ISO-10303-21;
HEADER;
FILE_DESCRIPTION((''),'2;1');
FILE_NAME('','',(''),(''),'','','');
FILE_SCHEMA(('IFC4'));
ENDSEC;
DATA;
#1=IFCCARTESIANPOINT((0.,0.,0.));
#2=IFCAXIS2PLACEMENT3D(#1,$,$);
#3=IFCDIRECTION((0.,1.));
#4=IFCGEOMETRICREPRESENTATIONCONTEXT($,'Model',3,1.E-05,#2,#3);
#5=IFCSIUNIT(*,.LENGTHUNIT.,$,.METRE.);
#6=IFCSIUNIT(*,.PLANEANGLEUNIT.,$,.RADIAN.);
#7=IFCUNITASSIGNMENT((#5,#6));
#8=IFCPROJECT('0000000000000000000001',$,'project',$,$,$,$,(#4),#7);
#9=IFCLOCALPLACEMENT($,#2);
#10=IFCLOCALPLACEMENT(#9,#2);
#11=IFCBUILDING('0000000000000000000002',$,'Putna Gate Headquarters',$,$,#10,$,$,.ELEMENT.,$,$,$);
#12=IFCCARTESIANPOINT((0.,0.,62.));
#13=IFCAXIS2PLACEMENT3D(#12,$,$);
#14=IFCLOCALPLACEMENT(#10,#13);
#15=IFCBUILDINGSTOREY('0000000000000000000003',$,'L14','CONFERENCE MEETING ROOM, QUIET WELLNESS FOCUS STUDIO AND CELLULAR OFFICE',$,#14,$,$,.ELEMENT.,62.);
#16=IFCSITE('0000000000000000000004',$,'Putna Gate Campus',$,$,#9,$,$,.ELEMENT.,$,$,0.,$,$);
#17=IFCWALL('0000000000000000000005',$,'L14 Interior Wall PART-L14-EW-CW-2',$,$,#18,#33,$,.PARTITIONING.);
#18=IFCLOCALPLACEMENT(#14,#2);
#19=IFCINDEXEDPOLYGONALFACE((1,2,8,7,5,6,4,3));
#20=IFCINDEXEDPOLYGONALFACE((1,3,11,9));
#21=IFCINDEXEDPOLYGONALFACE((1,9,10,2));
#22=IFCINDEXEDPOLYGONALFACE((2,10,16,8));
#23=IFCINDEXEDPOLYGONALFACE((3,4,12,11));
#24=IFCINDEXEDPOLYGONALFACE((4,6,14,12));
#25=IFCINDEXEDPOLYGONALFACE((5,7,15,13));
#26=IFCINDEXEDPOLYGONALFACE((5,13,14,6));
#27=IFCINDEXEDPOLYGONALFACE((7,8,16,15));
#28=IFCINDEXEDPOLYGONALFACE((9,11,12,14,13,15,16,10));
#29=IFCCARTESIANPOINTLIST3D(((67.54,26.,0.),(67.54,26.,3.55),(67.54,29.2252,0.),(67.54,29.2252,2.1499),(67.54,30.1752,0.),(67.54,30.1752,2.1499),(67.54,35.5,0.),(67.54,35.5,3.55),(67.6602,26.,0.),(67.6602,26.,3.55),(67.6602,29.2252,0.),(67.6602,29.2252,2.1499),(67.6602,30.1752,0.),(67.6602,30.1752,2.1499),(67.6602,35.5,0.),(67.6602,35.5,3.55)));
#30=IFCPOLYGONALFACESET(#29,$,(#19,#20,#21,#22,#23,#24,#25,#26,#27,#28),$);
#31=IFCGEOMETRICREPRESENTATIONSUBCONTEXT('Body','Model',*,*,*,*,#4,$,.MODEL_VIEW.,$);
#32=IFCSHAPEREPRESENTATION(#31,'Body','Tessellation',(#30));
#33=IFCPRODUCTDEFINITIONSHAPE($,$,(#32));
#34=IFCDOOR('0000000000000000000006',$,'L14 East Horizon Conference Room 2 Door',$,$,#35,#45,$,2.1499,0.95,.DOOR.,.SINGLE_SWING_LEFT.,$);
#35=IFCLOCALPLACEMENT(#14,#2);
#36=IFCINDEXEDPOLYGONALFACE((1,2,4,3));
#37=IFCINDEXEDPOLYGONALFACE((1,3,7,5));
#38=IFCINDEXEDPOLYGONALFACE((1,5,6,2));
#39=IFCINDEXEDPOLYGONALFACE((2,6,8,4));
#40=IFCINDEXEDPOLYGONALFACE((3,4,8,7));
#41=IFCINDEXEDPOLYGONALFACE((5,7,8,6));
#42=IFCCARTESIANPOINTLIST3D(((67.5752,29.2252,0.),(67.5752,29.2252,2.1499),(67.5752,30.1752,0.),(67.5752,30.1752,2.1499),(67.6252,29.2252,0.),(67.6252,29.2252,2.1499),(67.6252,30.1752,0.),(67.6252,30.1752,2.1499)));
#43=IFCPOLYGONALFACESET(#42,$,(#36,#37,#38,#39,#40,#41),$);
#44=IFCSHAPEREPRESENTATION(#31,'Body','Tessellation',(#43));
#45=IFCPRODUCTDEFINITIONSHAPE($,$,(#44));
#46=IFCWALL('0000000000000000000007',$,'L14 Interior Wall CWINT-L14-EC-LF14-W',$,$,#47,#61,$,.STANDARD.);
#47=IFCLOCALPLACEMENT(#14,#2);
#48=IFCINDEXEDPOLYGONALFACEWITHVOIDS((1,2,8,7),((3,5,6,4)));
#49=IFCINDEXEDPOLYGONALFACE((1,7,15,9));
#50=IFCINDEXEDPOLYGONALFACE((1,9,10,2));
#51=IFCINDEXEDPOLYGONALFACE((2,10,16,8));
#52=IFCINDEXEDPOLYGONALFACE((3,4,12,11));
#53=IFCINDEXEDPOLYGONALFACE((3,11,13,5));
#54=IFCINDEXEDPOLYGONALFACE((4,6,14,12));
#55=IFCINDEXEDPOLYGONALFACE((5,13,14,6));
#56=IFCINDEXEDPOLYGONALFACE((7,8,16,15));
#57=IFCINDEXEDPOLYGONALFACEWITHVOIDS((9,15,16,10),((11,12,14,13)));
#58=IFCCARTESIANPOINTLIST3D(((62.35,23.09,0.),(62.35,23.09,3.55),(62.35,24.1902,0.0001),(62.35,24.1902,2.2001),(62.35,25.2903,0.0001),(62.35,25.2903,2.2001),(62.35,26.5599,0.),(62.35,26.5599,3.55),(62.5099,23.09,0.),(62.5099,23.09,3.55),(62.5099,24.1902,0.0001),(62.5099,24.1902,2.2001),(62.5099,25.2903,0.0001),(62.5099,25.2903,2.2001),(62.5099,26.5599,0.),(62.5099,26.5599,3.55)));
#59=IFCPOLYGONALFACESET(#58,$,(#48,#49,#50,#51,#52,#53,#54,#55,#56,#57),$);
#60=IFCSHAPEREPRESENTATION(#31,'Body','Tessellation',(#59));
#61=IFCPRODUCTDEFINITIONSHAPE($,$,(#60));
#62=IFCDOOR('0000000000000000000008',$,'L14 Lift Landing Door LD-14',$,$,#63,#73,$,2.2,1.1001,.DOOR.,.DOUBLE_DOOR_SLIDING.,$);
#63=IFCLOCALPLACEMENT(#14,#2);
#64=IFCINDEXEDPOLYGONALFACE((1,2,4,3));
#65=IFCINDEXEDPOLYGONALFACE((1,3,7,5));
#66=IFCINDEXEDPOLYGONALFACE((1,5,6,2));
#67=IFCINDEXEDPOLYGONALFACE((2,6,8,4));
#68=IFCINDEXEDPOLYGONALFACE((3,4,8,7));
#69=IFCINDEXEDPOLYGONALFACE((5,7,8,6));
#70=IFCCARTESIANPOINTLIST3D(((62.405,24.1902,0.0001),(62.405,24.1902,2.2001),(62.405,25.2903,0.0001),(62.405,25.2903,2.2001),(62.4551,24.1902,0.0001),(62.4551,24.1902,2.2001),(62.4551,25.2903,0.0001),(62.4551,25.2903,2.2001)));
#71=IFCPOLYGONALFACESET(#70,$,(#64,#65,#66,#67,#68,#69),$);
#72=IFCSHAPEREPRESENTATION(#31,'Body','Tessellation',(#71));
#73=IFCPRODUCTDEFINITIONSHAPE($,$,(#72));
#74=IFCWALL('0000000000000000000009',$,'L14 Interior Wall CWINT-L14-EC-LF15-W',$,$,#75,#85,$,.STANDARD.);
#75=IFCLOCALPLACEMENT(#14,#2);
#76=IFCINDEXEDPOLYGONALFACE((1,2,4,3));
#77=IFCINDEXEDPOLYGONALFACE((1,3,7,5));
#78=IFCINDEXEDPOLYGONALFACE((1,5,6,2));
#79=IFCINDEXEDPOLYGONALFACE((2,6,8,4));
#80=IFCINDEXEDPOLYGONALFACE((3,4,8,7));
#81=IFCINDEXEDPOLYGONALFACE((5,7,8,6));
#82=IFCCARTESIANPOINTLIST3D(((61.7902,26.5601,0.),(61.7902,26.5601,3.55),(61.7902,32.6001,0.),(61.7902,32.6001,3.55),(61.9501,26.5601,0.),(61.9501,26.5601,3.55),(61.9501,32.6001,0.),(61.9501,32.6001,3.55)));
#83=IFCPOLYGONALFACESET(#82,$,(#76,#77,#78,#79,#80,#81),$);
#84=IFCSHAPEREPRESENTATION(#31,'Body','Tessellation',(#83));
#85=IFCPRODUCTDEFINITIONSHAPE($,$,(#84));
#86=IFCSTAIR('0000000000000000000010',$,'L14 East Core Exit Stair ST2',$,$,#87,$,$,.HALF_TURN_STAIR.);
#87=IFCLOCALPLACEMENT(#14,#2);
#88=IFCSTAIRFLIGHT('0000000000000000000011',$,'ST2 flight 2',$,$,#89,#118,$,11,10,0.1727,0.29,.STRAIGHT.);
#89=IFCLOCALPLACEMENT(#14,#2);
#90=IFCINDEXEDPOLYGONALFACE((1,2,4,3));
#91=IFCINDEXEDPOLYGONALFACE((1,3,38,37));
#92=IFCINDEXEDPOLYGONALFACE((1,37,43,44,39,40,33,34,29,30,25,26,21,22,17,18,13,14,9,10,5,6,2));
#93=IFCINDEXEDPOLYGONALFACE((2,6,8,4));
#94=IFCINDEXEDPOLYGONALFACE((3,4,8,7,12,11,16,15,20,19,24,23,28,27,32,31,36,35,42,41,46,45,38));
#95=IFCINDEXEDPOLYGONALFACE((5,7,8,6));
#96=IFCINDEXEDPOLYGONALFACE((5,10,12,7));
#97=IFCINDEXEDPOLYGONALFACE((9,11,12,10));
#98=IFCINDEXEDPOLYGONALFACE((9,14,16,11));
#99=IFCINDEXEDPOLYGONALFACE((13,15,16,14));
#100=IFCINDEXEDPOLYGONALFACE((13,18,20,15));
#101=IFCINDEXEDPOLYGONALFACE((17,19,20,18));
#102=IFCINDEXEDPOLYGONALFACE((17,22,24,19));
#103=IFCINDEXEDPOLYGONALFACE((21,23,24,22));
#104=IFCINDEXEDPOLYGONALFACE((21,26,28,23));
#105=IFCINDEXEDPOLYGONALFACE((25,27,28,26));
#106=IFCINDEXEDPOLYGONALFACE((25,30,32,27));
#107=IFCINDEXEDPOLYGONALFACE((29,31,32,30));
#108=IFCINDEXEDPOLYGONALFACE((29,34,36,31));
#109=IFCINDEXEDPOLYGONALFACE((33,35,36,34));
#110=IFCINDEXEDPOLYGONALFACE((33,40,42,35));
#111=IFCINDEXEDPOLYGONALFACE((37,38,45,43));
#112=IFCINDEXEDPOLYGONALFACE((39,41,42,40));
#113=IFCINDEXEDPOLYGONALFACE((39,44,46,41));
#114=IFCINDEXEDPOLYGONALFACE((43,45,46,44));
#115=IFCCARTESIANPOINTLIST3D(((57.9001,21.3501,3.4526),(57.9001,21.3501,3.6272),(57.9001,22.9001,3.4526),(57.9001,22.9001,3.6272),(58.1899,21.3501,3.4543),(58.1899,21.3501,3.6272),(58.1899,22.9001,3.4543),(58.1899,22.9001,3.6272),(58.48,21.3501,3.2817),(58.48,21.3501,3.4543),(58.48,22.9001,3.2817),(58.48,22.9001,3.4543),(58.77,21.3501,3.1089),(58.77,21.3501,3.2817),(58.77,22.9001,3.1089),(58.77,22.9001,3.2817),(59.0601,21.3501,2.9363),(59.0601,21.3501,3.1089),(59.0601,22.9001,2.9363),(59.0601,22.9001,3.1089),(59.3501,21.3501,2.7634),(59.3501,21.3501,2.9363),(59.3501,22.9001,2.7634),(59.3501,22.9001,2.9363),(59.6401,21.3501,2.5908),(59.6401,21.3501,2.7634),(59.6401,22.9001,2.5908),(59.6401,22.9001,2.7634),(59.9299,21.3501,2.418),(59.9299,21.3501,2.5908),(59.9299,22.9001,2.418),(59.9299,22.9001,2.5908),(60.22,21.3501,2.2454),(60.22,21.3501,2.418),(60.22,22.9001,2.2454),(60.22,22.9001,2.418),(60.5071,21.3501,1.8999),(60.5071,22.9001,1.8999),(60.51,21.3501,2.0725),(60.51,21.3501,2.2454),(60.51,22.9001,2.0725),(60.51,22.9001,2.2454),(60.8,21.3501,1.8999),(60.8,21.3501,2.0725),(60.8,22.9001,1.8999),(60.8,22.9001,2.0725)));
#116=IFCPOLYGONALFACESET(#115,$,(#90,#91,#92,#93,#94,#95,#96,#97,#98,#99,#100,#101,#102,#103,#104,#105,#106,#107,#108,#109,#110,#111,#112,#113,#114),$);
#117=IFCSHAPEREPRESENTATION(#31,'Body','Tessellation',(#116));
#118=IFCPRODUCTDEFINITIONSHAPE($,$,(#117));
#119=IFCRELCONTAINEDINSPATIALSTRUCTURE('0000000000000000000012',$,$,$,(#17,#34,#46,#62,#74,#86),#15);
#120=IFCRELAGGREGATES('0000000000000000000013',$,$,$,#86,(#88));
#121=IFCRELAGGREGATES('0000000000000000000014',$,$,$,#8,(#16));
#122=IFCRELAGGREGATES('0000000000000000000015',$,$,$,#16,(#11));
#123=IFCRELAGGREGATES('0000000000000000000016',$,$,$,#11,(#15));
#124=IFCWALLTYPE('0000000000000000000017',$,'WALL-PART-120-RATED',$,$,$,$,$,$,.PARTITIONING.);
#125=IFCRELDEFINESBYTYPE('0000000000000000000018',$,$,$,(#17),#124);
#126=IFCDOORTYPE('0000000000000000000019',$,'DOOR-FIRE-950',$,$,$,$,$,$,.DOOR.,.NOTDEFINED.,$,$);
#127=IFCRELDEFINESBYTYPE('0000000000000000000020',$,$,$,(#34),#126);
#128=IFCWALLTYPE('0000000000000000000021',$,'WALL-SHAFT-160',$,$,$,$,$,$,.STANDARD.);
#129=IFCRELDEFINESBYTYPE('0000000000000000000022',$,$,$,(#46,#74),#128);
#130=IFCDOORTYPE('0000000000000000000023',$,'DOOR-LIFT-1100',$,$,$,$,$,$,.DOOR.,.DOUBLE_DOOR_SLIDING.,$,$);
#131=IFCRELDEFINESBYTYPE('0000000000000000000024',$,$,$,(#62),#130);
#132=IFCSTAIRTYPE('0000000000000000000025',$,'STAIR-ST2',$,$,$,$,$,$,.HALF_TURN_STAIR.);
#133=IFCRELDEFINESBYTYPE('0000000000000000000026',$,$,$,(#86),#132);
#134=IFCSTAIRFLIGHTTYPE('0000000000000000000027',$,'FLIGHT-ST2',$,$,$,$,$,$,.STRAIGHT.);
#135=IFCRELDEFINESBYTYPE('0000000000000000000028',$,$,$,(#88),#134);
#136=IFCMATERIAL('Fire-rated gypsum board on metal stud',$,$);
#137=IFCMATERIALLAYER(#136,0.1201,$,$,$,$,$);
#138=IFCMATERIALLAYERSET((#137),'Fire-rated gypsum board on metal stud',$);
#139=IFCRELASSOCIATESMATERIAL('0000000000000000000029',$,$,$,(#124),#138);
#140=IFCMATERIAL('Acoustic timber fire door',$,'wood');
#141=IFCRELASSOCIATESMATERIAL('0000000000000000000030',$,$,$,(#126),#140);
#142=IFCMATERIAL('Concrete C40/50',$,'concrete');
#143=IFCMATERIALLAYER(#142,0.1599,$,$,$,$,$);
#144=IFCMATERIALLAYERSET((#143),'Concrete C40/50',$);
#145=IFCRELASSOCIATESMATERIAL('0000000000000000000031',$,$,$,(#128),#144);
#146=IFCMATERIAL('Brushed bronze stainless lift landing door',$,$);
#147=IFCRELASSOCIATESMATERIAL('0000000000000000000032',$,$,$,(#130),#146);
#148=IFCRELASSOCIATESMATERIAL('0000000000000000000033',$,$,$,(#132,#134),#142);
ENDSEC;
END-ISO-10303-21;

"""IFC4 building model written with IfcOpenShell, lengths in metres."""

from ifc_helpers import new_model, si_unit, direction, frame, frame_2d, origin, place, context, subcontext, project, spatial, polyline, rectangle, outline, extrude, material, layer, layer_set, type_object, element, fill, aggregate, save


model = new_model("IFC4")

# Units and contexts
model_context = context("Model", 3, precision=1e-05, world=origin(), true_north=direction((0.0, 1.0)))
body_context = subcontext(model_context, "Body", "Model", "MODEL_VIEW")
ifc_project = project(units=[si_unit("LENGTHUNIT", "METRE"), si_unit("PLANEANGLEUNIT", "RADIAN")], contexts=[model_context])

# Site, building, storey
site_placement = place(None, origin())
site = spatial("IfcSite", under=ifc_project, at=site_placement, Name="Putna Gate Campus", CompositionType="ELEMENT", RefElevation=0.0)
building_placement = place(site_placement, origin())
building = spatial("IfcBuilding", under=site, at=building_placement, Name="Putna Gate Headquarters", CompositionType="ELEMENT")
storey_placement = place(building_placement, frame((0.0, 0.0, 62.0)))
storey = spatial("IfcBuildingStorey", under=building, at=storey_placement, Name="L14", Description="CONFERENCE MEETING ROOM, QUIET WELLNESS FOCUS STUDIO AND CELLULAR OFFICE", CompositionType="ELEMENT", Elevation=62.0)

# Shared definitions
ifc_material_1 = material(Name="Fire-rated gypsum board on metal stud")
ifc_layer_1 = layer(ifc_material_1, 0.1201)
ifc_layer_set_1 = layer_set([ifc_layer_1], Name="Fire-rated gypsum board on metal stud")
wall_type_1 = type_object("IfcWallType", Name="WALL-PART-120-RATED", PredefinedType="PARTITIONING", material=ifc_layer_set_1)

# Walls, openings, doors
wall_1_placement = place(storey_placement, frame((67.6001, 26.0, 0.0), z_axis=(0.0, 0.0, 1.0), x_axis=(0.0, 1.0, 0.0)))
wall_1 = element("IfcWall", 1, at=wall_1_placement, inside=storey, type_object=wall_type_1, Name="L14 Interior Wall PART-L14-EW-CW-2", PredefinedType="PARTITIONING", context=body_context, shape_type="SweptSolid", body=[
    extrude(rectangle(XDim=9.5, YDim=0.1201, at=frame_2d((4.75, 0.0))), origin(), (0.0, 0.0, 1.0), 3.55),
])
opening_1_placement = place(wall_1_placement, frame((3.2251, 0.0, 0.0)))
opening_1 = element("IfcOpeningElement", 2, at=opening_1_placement, cuts=wall_1, PredefinedType="OPENING", context=body_context, shape_type="SweptSolid", body=[
    extrude(rectangle(XDim=0.95, YDim=2.1499, at=frame_2d((0.4751, 1.075))), frame((0.0, 0.0701, 0.0), z_axis=(0.0, -1.0, 0.0), x_axis=(1.0, 0.0, 0.0)), (0.0, 0.0, 1.0), 0.1401),
])
ifc_material_2 = material(Name="Acoustic timber fire door", Category="wood")
door_type_1 = type_object("IfcDoorType", Name="DOOR-FIRE-950", OperationType="NOTDEFINED", PredefinedType="DOOR", material=ifc_material_2)
door_1_placement = place(opening_1_placement, origin())
door_1 = element("IfcDoor", 3, at=door_1_placement, inside=storey, type_object=door_type_1, Name="L14 East Horizon Conference Room 2 Door", OperationType="SINGLE_SWING_LEFT", OverallHeight=2.1499, OverallWidth=0.95, PredefinedType="DOOR", context=body_context, shape_type="SweptSolid", body=[
    extrude(rectangle(XDim=0.95, YDim=2.1499, at=frame_2d((0.4751, 1.075))), frame((0.0, 0.0249, 0.0), z_axis=(0.0, -1.0, 0.0), x_axis=(1.0, 0.0, 0.0)), (0.0, 0.0, 1.0), 0.05),
])
fill(opening_1, door_1)
ifc_material_3 = material(Name="Concrete C40/50", Category="concrete")
ifc_layer_2 = layer(ifc_material_3, 0.1599)
ifc_layer_set_2 = layer_set([ifc_layer_2], Name="Concrete C40/50")
wall_type_2 = type_object("IfcWallType", Name="WALL-SHAFT-160", PredefinedType="STANDARD", material=ifc_layer_set_2)
wall_2_placement = place(storey_placement, frame((62.4299, 23.0901, 0.0), z_axis=(0.0, 0.0, 1.0), x_axis=(0.0, 1.0, 0.0)))
wall_2 = element("IfcWall", 4, at=wall_2_placement, inside=storey, type_object=wall_type_2, Name="L14 Interior Wall CWINT-L14-EC-LF14-W", PredefinedType="STANDARD", context=body_context, shape_type="SweptSolid", body=[
    extrude(rectangle(XDim=3.47, YDim=0.1599, at=frame_2d((1.7349, 0.0))), origin(), (0.0, 0.0, 1.0), 3.55),
])
opening_2_placement = place(wall_2_placement, frame((1.1001, 0.0, 0.0)))
opening_2 = element("IfcOpeningElement", 5, at=opening_2_placement, cuts=wall_2, PredefinedType="OPENING", context=body_context, shape_type="SweptSolid", body=[
    extrude(rectangle(XDim=1.1001, YDim=2.2, at=frame_2d((0.55, 1.1001))), frame((0.0, 0.0898, 0.0), z_axis=(0.0, -1.0, 0.0), x_axis=(1.0, 0.0, 0.0)), (0.0, 0.0, 1.0), 0.1799),
])
ifc_material_4 = material(Name="Brushed bronze stainless lift landing door")
door_type_2 = type_object("IfcDoorType", Name="DOOR-LIFT-1100", OperationType="DOUBLE_DOOR_SLIDING", PredefinedType="DOOR", material=ifc_material_4)
door_2_placement = place(opening_2_placement, origin())
door_2 = element("IfcDoor", 6, at=door_2_placement, inside=storey, type_object=door_type_2, Name="L14 Lift Landing Door LD-14", OperationType="DOUBLE_DOOR_SLIDING", OverallHeight=2.2, OverallWidth=1.1001, PredefinedType="DOOR", context=body_context, shape_type="SweptSolid", body=[
    extrude(rectangle(XDim=1.1001, YDim=2.2, at=frame_2d((0.55, 1.1001))), frame((0.0, 0.0249, 0.0), z_axis=(0.0, -1.0, 0.0), x_axis=(1.0, 0.0, 0.0)), (0.0, 0.0, 1.0), 0.05),
])
fill(opening_2, door_2)

# Wall
wall_3_placement = place(storey_placement, frame((61.8701, 26.5601, 0.0), z_axis=(0.0, 0.0, 1.0), x_axis=(0.0, 1.0, 0.0)))
element("IfcWall", 7, at=wall_3_placement, inside=storey, type_object=wall_type_2, Name="L14 Interior Wall CWINT-L14-EC-LF15-W", PredefinedType="STANDARD", context=body_context, shape_type="SweptSolid", body=[
    extrude(rectangle(XDim=6.04, YDim=0.1599, at=frame_2d((3.02, 0.0))), origin(), (0.0, 0.0, 1.0), 3.55),
])

# Stair, stair flight
stair_type = type_object("IfcStairType", Name="STAIR-ST2", PredefinedType="HALF_TURN_STAIR", material=ifc_material_3)
stair_placement = place(storey_placement, origin())
stair = element("IfcStair", 8, at=stair_placement, inside=storey, type_object=stair_type, Name="L14 East Core Exit Stair ST2", PredefinedType="HALF_TURN_STAIR")
stair_flight_type = type_object("IfcStairFlightType", Name="FLIGHT-ST2", PredefinedType="STRAIGHT", material=ifc_material_3)
stair_flight_placement = place(storey_placement, frame((60.8, 22.125, 1.8999), z_axis=(0.0, 0.0, 1.0), x_axis=(-1.0, 0.0, 0.0)))
stair_flight = element("IfcStairFlight", 9, at=stair_flight_placement, type_object=stair_flight_type, Name="ST2 flight 2", NumberOfRisers=11, NumberOfTreads=10, PredefinedType="STRAIGHT", RiserHeight=0.1727, TreadLength=0.29, context=body_context, shape_type="SweptSolid", body=[
    extrude(outline(polyline([(0.0, 0.0), (0.0, 0.1726), (0.29, 0.1726), (0.29, 0.3455), (0.5801, 0.3455), (0.5801, 0.5181), (0.8701, 0.5181), (0.8701, 0.6909), (1.1599, 0.6909), (1.1599, 0.8635), (1.45, 0.8635), (1.45, 1.0364), (1.74, 1.0364), (1.74, 1.209), (2.03, 1.209), (2.03, 1.3818), (2.3201, 1.3818), (2.3201, 1.5544), (2.6101, 1.5544), (2.6101, 1.7273), (2.8999, 1.7273), (2.8999, 1.8999), (2.8999, 1.5527), (0.293, 0.0), (0.0, 0.0)])), frame((0.0, 0.7749, 0.0), z_axis=(0.0, -1.0, 0.0), x_axis=(1.0, 0.0, 0.0)), (0.0, 0.0, 1.0), 1.55),
])
aggregate(stair, [stair_flight])

save(model, "model.ifc")
